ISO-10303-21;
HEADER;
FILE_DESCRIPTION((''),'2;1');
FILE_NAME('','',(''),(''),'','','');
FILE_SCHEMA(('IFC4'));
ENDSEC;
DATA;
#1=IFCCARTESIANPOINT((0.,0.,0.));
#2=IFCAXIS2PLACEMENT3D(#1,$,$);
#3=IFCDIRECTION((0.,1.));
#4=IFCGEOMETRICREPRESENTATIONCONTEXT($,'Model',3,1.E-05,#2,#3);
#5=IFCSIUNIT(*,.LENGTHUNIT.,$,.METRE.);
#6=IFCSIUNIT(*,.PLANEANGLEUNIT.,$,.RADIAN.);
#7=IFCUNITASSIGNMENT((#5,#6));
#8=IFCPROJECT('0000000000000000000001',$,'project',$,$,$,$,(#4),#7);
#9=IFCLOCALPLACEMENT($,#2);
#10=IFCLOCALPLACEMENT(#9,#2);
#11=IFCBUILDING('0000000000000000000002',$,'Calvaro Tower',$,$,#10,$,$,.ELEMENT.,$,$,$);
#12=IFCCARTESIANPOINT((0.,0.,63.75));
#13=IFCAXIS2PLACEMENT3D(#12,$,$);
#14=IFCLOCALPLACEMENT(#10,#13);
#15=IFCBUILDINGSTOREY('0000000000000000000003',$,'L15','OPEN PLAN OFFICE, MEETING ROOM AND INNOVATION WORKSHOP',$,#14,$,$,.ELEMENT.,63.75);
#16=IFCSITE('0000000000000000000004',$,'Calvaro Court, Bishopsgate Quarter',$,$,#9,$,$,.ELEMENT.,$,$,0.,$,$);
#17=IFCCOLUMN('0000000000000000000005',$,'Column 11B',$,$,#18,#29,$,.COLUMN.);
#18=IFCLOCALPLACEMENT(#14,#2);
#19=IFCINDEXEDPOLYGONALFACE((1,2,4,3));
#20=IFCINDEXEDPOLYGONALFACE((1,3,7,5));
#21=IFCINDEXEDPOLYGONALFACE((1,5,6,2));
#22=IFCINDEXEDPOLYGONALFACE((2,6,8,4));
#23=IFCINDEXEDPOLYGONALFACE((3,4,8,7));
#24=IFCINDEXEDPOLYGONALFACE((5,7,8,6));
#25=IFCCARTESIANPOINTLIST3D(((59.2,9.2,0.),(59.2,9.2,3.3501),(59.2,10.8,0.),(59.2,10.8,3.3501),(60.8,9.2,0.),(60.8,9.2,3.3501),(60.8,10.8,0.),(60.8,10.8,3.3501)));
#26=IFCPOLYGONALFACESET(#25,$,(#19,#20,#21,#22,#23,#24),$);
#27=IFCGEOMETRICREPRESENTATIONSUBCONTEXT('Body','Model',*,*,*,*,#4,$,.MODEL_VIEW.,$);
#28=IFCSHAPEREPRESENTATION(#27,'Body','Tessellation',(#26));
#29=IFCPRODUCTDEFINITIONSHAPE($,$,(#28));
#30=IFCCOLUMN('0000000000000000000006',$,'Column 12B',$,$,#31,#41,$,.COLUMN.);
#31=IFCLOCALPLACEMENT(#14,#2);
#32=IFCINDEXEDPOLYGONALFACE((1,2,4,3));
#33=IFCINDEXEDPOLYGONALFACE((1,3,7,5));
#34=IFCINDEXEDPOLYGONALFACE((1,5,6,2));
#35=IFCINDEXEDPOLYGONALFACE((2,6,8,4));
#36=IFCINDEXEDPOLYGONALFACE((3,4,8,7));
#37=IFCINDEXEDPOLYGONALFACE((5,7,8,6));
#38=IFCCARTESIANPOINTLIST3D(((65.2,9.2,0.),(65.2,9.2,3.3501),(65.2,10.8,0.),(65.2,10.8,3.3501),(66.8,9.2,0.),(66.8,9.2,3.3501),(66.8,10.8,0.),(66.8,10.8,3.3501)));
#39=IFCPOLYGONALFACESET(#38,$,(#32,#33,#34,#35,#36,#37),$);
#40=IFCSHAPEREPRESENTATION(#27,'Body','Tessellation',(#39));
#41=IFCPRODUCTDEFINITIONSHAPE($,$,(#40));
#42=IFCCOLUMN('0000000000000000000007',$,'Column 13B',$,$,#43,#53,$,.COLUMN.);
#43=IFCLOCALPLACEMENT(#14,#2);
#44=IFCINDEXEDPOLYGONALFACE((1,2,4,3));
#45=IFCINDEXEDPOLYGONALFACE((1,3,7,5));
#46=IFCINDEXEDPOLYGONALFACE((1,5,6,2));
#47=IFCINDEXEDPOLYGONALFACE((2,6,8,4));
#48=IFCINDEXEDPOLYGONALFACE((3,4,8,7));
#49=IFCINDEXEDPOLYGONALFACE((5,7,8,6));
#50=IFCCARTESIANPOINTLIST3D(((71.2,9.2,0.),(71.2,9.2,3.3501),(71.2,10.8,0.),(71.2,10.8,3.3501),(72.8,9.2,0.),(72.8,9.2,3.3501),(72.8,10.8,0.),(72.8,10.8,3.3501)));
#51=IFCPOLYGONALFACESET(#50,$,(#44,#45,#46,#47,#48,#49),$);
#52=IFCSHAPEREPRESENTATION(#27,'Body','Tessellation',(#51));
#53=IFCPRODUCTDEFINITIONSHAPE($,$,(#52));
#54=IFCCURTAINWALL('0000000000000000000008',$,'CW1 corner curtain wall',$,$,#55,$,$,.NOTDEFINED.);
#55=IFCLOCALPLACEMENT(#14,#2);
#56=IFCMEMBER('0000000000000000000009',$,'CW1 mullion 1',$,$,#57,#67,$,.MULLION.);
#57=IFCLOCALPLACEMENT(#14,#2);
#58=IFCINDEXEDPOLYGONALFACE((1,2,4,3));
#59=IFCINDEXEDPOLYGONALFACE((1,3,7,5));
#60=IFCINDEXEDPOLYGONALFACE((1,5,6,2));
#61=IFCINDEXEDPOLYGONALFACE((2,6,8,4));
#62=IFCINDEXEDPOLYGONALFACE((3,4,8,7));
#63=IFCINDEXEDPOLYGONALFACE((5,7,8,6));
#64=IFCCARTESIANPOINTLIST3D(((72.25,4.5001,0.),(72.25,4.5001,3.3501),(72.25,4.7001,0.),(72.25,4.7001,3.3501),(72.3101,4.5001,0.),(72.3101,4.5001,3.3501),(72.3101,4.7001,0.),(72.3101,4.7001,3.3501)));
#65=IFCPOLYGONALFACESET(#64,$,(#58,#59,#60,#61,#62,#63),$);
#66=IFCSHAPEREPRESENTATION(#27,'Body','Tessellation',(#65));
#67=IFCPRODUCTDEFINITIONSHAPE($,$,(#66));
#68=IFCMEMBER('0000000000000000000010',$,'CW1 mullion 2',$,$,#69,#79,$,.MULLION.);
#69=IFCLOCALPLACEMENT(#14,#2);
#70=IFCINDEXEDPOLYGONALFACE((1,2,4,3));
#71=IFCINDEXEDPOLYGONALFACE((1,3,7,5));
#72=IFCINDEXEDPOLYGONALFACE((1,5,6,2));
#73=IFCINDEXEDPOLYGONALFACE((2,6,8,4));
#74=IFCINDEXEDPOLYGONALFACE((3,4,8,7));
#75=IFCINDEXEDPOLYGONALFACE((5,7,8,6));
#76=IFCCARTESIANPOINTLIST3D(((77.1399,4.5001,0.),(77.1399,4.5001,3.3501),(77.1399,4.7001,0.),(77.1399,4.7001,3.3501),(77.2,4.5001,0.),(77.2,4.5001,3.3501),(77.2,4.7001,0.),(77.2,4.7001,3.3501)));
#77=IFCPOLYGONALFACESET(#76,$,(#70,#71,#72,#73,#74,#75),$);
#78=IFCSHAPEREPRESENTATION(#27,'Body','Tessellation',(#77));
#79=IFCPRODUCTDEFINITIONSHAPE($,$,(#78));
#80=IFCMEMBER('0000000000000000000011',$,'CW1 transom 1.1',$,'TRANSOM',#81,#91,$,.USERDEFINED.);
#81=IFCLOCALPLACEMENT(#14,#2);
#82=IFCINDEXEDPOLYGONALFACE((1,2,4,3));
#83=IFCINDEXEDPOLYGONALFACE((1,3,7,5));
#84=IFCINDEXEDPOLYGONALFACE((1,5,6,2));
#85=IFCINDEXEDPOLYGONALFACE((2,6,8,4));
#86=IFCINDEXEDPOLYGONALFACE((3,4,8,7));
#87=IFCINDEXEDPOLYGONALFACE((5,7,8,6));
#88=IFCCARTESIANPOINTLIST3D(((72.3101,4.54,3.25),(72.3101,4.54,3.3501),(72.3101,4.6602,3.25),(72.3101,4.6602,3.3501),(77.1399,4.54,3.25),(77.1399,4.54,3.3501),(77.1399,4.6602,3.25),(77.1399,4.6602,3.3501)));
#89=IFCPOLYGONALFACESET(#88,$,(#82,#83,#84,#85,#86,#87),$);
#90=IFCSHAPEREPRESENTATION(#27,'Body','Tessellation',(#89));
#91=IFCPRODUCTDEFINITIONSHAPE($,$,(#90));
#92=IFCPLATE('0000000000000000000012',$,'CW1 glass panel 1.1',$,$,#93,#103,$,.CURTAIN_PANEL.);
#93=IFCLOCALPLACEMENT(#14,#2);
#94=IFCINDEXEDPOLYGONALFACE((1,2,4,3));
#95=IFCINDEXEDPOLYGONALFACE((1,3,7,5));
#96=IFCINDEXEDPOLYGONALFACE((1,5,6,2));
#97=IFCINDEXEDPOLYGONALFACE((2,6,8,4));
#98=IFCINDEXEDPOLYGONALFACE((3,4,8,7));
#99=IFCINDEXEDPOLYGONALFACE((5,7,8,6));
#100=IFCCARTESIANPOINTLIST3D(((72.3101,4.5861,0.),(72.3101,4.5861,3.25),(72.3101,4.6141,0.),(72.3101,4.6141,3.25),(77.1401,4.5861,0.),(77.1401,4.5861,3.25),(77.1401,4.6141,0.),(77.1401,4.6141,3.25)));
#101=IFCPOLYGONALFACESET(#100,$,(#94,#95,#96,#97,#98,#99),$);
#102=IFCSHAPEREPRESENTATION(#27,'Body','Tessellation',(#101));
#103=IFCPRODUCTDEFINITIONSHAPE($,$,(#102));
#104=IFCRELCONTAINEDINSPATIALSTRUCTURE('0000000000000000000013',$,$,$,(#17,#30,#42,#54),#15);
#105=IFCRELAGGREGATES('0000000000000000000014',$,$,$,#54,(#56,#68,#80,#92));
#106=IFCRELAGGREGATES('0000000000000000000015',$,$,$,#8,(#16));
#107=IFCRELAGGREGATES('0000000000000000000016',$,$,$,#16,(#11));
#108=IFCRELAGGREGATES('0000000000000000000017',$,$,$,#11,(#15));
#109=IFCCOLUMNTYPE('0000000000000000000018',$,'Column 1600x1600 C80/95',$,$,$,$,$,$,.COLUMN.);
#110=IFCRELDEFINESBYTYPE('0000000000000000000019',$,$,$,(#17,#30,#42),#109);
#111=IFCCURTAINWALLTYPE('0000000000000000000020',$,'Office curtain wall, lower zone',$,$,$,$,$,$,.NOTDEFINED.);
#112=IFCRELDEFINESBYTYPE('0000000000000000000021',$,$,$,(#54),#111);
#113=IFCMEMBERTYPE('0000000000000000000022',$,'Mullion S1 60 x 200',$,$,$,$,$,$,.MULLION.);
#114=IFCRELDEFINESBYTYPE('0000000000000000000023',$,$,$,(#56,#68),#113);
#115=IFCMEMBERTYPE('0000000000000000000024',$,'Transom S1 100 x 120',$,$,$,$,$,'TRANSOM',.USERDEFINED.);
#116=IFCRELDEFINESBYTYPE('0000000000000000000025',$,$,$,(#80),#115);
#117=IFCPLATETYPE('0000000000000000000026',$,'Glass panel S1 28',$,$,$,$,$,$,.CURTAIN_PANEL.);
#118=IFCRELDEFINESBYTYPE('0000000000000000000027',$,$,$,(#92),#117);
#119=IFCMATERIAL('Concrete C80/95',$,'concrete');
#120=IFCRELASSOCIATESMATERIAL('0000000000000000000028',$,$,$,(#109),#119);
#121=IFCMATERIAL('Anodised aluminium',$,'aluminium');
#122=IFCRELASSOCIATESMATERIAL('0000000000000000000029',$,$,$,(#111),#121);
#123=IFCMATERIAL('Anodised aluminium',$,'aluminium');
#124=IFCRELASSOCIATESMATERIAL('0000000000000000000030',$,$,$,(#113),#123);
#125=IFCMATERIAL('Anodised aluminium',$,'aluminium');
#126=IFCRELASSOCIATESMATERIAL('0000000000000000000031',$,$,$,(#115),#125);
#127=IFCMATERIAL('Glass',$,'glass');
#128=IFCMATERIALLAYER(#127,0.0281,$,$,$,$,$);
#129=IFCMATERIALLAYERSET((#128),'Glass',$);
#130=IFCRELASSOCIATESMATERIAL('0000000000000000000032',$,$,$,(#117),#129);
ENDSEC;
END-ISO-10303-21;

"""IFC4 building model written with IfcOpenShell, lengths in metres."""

from ifc_helpers import new_model, si_unit, direction, frame, origin, origin_2d, place, context, subcontext, project, spatial, rectangle, extrude, material, layer, layer_set, material_profile, profile_set, type_object, element, aggregate, save


model = new_model("IFC4")

# Units and contexts
model_context = context("Model", 3, precision=1e-05, world=origin(), true_north=direction((0.0, 1.0)))
body_context = subcontext(model_context, "Body", "Model", "MODEL_VIEW")
ifc_project = project(units=[si_unit("LENGTHUNIT", "METRE"), si_unit("PLANEANGLEUNIT", "RADIAN")], contexts=[model_context])

# Site, building, storey
site_placement = place(None, origin())
site = spatial("IfcSite", under=ifc_project, at=site_placement, Name="Calvaro Court, Bishopsgate Quarter", CompositionType="ELEMENT", RefElevation=0.0)
building_placement = place(site_placement, origin())
building = spatial("IfcBuilding", under=site, at=building_placement, Name="Calvaro Tower", CompositionType="ELEMENT")
storey_placement = place(building_placement, frame((0.0, 0.0, 63.75)))
storey = spatial("IfcBuildingStorey", under=building, at=storey_placement, Name="L15", Description="OPEN PLAN OFFICE, MEETING ROOM AND INNOVATION WORKSHOP", CompositionType="ELEMENT", Elevation=63.75)

# Columns
ifc_material_1 = material(Name="Concrete C80/95", Category="concrete")
ifc_material_profile_1 = material_profile(ifc_material_1, rectangle(XDim=1.6001, YDim=1.6001, at=origin_2d()), Name="RC 1600x1600")
ifc_profile_set_1 = profile_set([ifc_material_profile_1], Name="Concrete C80/95")
column_type = type_object("IfcColumnType", Name="Column 1600x1600 C80/95", PredefinedType="COLUMN", material=ifc_profile_set_1)
for number, where, z_axis, x_axis, name in (
    (1, (60.0, 10.0, 0.0), (0.0, 0.0, 1.0), (1.0, 0.0, 0.0), "Column 11B"),
    (2, (66.0, 10.0, 0.0), (0.0, 0.0, 1.0), (1.0, 0.0, 0.0), "Column 12B"),
    (3, (72.0, 10.0, 0.0), (0.0, 0.0, 1.0), (1.0, 0.0, 0.0), "Column 13B"),
):
    element("IfcColumn", number, at=place(storey_placement, frame(where, z_axis=z_axis, x_axis=x_axis)), inside=storey, type_object=column_type, Name=name, PredefinedType="COLUMN", context=body_context, shape_type="SweptSolid", body=[
        extrude(rectangle(XDim=1.6001, YDim=1.6001, at=origin_2d()), origin(), (0.0, 0.0, 1.0), 3.3501),
    ])

# Curtain wall, members, plate
ifc_material_2 = material(Name="Anodised aluminium", Category="aluminium")
curtain_wall_type = type_object("IfcCurtainWallType", Name="Office curtain wall, lower zone", PredefinedType="NOTDEFINED", material=ifc_material_2)
curtain_wall_placement = place(storey_placement, origin())
curtain_wall = element("IfcCurtainWall", 4, at=curtain_wall_placement, inside=storey, type_object=curtain_wall_type, Name="CW1 corner curtain wall", PredefinedType="NOTDEFINED")
ifc_material_3 = material(Name="Anodised aluminium", Category="aluminium")
ifc_material_profile_2 = material_profile(ifc_material_3, rectangle(XDim=0.2, YDim=0.0601, at=origin_2d()), Name="Mullion S1 60 x 200")
ifc_profile_set_2 = profile_set([ifc_material_profile_2], Name="Anodised aluminium")
member_type_1 = type_object("IfcMemberType", Name="Mullion S1 60 x 200", PredefinedType="MULLION", material=ifc_profile_set_2)
member_1_placement = place(storey_placement, frame((72.28, 4.6001, 0.0), z_axis=(0.0, 0.0, 1.0), x_axis=(0.0, 1.0, 0.0)))
member_1 = element("IfcMember", 5, at=member_1_placement, type_object=member_type_1, Name="CW1 mullion 1", PredefinedType="MULLION", context=body_context, shape_type="SweptSolid", body=[
    extrude(rectangle(XDim=0.2, YDim=0.0601, at=origin_2d()), origin(), (0.0, 0.0, 1.0), 3.3501),
])
member_2_placement = place(storey_placement, frame((77.1699, 4.6001, 0.0), z_axis=(0.0, 0.0, 1.0), x_axis=(0.0, 1.0, 0.0)))
member_2 = element("IfcMember", 6, at=member_2_placement, type_object=member_type_1, Name="CW1 mullion 2", PredefinedType="MULLION", context=body_context, shape_type="SweptSolid", body=[
    extrude(rectangle(XDim=0.2, YDim=0.0601, at=origin_2d()), origin(), (0.0, 0.0, 1.0), 3.3501),
])
ifc_material_4 = material(Name="Anodised aluminium", Category="aluminium")
ifc_material_profile_3 = material_profile(ifc_material_4, rectangle(XDim=0.1201, YDim=0.1001, at=origin_2d()), Name="Transom S1 100 x 120")
ifc_profile_set_3 = profile_set([ifc_material_profile_3], Name="Anodised aluminium")
member_type_2 = type_object("IfcMemberType", Name="Transom S1 100 x 120", ElementType="TRANSOM", PredefinedType="USERDEFINED", material=ifc_profile_set_3)
member_3_placement = place(storey_placement, frame((72.3101, 4.6001, 3.3), z_axis=(1.0, 0.0, 0.0), x_axis=(0.0, 1.0, 0.0)))
member_3 = element("IfcMember", 7, at=member_3_placement, type_object=member_type_2, Name="CW1 transom 1.1", ObjectType="TRANSOM", PredefinedType="USERDEFINED", context=body_context, shape_type="SweptSolid", body=[
    extrude(rectangle(XDim=0.1201, YDim=0.1001, at=origin_2d()), origin(), (0.0, 0.0, 1.0), 4.8298),
])
ifc_material_5 = material(Name="Glass", Category="glass")
ifc_layer_1 = layer(ifc_material_5, 0.0281)
ifc_layer_set_1 = layer_set([ifc_layer_1], Name="Glass")
plate_type = type_object("IfcPlateType", Name="Glass panel S1 28", PredefinedType="CURTAIN_PANEL", material=ifc_layer_set_1)
plate_placement = place(storey_placement, frame((74.7251, 4.6001, 0.0), z_axis=(0.0, 0.0, 1.0), x_axis=(1.0, 0.0, 0.0)))
plate = element("IfcPlate", 8, at=plate_placement, type_object=plate_type, Name="CW1 glass panel 1.1", PredefinedType="CURTAIN_PANEL", context=body_context, shape_type="SweptSolid", body=[
    extrude(rectangle(XDim=4.8301, YDim=0.0281, at=origin_2d()), origin(), (0.0, 0.0, 1.0), 3.25),
])
aggregate(curtain_wall, [member_1, member_2, member_3, plate])

save(model, "model.ifc")
